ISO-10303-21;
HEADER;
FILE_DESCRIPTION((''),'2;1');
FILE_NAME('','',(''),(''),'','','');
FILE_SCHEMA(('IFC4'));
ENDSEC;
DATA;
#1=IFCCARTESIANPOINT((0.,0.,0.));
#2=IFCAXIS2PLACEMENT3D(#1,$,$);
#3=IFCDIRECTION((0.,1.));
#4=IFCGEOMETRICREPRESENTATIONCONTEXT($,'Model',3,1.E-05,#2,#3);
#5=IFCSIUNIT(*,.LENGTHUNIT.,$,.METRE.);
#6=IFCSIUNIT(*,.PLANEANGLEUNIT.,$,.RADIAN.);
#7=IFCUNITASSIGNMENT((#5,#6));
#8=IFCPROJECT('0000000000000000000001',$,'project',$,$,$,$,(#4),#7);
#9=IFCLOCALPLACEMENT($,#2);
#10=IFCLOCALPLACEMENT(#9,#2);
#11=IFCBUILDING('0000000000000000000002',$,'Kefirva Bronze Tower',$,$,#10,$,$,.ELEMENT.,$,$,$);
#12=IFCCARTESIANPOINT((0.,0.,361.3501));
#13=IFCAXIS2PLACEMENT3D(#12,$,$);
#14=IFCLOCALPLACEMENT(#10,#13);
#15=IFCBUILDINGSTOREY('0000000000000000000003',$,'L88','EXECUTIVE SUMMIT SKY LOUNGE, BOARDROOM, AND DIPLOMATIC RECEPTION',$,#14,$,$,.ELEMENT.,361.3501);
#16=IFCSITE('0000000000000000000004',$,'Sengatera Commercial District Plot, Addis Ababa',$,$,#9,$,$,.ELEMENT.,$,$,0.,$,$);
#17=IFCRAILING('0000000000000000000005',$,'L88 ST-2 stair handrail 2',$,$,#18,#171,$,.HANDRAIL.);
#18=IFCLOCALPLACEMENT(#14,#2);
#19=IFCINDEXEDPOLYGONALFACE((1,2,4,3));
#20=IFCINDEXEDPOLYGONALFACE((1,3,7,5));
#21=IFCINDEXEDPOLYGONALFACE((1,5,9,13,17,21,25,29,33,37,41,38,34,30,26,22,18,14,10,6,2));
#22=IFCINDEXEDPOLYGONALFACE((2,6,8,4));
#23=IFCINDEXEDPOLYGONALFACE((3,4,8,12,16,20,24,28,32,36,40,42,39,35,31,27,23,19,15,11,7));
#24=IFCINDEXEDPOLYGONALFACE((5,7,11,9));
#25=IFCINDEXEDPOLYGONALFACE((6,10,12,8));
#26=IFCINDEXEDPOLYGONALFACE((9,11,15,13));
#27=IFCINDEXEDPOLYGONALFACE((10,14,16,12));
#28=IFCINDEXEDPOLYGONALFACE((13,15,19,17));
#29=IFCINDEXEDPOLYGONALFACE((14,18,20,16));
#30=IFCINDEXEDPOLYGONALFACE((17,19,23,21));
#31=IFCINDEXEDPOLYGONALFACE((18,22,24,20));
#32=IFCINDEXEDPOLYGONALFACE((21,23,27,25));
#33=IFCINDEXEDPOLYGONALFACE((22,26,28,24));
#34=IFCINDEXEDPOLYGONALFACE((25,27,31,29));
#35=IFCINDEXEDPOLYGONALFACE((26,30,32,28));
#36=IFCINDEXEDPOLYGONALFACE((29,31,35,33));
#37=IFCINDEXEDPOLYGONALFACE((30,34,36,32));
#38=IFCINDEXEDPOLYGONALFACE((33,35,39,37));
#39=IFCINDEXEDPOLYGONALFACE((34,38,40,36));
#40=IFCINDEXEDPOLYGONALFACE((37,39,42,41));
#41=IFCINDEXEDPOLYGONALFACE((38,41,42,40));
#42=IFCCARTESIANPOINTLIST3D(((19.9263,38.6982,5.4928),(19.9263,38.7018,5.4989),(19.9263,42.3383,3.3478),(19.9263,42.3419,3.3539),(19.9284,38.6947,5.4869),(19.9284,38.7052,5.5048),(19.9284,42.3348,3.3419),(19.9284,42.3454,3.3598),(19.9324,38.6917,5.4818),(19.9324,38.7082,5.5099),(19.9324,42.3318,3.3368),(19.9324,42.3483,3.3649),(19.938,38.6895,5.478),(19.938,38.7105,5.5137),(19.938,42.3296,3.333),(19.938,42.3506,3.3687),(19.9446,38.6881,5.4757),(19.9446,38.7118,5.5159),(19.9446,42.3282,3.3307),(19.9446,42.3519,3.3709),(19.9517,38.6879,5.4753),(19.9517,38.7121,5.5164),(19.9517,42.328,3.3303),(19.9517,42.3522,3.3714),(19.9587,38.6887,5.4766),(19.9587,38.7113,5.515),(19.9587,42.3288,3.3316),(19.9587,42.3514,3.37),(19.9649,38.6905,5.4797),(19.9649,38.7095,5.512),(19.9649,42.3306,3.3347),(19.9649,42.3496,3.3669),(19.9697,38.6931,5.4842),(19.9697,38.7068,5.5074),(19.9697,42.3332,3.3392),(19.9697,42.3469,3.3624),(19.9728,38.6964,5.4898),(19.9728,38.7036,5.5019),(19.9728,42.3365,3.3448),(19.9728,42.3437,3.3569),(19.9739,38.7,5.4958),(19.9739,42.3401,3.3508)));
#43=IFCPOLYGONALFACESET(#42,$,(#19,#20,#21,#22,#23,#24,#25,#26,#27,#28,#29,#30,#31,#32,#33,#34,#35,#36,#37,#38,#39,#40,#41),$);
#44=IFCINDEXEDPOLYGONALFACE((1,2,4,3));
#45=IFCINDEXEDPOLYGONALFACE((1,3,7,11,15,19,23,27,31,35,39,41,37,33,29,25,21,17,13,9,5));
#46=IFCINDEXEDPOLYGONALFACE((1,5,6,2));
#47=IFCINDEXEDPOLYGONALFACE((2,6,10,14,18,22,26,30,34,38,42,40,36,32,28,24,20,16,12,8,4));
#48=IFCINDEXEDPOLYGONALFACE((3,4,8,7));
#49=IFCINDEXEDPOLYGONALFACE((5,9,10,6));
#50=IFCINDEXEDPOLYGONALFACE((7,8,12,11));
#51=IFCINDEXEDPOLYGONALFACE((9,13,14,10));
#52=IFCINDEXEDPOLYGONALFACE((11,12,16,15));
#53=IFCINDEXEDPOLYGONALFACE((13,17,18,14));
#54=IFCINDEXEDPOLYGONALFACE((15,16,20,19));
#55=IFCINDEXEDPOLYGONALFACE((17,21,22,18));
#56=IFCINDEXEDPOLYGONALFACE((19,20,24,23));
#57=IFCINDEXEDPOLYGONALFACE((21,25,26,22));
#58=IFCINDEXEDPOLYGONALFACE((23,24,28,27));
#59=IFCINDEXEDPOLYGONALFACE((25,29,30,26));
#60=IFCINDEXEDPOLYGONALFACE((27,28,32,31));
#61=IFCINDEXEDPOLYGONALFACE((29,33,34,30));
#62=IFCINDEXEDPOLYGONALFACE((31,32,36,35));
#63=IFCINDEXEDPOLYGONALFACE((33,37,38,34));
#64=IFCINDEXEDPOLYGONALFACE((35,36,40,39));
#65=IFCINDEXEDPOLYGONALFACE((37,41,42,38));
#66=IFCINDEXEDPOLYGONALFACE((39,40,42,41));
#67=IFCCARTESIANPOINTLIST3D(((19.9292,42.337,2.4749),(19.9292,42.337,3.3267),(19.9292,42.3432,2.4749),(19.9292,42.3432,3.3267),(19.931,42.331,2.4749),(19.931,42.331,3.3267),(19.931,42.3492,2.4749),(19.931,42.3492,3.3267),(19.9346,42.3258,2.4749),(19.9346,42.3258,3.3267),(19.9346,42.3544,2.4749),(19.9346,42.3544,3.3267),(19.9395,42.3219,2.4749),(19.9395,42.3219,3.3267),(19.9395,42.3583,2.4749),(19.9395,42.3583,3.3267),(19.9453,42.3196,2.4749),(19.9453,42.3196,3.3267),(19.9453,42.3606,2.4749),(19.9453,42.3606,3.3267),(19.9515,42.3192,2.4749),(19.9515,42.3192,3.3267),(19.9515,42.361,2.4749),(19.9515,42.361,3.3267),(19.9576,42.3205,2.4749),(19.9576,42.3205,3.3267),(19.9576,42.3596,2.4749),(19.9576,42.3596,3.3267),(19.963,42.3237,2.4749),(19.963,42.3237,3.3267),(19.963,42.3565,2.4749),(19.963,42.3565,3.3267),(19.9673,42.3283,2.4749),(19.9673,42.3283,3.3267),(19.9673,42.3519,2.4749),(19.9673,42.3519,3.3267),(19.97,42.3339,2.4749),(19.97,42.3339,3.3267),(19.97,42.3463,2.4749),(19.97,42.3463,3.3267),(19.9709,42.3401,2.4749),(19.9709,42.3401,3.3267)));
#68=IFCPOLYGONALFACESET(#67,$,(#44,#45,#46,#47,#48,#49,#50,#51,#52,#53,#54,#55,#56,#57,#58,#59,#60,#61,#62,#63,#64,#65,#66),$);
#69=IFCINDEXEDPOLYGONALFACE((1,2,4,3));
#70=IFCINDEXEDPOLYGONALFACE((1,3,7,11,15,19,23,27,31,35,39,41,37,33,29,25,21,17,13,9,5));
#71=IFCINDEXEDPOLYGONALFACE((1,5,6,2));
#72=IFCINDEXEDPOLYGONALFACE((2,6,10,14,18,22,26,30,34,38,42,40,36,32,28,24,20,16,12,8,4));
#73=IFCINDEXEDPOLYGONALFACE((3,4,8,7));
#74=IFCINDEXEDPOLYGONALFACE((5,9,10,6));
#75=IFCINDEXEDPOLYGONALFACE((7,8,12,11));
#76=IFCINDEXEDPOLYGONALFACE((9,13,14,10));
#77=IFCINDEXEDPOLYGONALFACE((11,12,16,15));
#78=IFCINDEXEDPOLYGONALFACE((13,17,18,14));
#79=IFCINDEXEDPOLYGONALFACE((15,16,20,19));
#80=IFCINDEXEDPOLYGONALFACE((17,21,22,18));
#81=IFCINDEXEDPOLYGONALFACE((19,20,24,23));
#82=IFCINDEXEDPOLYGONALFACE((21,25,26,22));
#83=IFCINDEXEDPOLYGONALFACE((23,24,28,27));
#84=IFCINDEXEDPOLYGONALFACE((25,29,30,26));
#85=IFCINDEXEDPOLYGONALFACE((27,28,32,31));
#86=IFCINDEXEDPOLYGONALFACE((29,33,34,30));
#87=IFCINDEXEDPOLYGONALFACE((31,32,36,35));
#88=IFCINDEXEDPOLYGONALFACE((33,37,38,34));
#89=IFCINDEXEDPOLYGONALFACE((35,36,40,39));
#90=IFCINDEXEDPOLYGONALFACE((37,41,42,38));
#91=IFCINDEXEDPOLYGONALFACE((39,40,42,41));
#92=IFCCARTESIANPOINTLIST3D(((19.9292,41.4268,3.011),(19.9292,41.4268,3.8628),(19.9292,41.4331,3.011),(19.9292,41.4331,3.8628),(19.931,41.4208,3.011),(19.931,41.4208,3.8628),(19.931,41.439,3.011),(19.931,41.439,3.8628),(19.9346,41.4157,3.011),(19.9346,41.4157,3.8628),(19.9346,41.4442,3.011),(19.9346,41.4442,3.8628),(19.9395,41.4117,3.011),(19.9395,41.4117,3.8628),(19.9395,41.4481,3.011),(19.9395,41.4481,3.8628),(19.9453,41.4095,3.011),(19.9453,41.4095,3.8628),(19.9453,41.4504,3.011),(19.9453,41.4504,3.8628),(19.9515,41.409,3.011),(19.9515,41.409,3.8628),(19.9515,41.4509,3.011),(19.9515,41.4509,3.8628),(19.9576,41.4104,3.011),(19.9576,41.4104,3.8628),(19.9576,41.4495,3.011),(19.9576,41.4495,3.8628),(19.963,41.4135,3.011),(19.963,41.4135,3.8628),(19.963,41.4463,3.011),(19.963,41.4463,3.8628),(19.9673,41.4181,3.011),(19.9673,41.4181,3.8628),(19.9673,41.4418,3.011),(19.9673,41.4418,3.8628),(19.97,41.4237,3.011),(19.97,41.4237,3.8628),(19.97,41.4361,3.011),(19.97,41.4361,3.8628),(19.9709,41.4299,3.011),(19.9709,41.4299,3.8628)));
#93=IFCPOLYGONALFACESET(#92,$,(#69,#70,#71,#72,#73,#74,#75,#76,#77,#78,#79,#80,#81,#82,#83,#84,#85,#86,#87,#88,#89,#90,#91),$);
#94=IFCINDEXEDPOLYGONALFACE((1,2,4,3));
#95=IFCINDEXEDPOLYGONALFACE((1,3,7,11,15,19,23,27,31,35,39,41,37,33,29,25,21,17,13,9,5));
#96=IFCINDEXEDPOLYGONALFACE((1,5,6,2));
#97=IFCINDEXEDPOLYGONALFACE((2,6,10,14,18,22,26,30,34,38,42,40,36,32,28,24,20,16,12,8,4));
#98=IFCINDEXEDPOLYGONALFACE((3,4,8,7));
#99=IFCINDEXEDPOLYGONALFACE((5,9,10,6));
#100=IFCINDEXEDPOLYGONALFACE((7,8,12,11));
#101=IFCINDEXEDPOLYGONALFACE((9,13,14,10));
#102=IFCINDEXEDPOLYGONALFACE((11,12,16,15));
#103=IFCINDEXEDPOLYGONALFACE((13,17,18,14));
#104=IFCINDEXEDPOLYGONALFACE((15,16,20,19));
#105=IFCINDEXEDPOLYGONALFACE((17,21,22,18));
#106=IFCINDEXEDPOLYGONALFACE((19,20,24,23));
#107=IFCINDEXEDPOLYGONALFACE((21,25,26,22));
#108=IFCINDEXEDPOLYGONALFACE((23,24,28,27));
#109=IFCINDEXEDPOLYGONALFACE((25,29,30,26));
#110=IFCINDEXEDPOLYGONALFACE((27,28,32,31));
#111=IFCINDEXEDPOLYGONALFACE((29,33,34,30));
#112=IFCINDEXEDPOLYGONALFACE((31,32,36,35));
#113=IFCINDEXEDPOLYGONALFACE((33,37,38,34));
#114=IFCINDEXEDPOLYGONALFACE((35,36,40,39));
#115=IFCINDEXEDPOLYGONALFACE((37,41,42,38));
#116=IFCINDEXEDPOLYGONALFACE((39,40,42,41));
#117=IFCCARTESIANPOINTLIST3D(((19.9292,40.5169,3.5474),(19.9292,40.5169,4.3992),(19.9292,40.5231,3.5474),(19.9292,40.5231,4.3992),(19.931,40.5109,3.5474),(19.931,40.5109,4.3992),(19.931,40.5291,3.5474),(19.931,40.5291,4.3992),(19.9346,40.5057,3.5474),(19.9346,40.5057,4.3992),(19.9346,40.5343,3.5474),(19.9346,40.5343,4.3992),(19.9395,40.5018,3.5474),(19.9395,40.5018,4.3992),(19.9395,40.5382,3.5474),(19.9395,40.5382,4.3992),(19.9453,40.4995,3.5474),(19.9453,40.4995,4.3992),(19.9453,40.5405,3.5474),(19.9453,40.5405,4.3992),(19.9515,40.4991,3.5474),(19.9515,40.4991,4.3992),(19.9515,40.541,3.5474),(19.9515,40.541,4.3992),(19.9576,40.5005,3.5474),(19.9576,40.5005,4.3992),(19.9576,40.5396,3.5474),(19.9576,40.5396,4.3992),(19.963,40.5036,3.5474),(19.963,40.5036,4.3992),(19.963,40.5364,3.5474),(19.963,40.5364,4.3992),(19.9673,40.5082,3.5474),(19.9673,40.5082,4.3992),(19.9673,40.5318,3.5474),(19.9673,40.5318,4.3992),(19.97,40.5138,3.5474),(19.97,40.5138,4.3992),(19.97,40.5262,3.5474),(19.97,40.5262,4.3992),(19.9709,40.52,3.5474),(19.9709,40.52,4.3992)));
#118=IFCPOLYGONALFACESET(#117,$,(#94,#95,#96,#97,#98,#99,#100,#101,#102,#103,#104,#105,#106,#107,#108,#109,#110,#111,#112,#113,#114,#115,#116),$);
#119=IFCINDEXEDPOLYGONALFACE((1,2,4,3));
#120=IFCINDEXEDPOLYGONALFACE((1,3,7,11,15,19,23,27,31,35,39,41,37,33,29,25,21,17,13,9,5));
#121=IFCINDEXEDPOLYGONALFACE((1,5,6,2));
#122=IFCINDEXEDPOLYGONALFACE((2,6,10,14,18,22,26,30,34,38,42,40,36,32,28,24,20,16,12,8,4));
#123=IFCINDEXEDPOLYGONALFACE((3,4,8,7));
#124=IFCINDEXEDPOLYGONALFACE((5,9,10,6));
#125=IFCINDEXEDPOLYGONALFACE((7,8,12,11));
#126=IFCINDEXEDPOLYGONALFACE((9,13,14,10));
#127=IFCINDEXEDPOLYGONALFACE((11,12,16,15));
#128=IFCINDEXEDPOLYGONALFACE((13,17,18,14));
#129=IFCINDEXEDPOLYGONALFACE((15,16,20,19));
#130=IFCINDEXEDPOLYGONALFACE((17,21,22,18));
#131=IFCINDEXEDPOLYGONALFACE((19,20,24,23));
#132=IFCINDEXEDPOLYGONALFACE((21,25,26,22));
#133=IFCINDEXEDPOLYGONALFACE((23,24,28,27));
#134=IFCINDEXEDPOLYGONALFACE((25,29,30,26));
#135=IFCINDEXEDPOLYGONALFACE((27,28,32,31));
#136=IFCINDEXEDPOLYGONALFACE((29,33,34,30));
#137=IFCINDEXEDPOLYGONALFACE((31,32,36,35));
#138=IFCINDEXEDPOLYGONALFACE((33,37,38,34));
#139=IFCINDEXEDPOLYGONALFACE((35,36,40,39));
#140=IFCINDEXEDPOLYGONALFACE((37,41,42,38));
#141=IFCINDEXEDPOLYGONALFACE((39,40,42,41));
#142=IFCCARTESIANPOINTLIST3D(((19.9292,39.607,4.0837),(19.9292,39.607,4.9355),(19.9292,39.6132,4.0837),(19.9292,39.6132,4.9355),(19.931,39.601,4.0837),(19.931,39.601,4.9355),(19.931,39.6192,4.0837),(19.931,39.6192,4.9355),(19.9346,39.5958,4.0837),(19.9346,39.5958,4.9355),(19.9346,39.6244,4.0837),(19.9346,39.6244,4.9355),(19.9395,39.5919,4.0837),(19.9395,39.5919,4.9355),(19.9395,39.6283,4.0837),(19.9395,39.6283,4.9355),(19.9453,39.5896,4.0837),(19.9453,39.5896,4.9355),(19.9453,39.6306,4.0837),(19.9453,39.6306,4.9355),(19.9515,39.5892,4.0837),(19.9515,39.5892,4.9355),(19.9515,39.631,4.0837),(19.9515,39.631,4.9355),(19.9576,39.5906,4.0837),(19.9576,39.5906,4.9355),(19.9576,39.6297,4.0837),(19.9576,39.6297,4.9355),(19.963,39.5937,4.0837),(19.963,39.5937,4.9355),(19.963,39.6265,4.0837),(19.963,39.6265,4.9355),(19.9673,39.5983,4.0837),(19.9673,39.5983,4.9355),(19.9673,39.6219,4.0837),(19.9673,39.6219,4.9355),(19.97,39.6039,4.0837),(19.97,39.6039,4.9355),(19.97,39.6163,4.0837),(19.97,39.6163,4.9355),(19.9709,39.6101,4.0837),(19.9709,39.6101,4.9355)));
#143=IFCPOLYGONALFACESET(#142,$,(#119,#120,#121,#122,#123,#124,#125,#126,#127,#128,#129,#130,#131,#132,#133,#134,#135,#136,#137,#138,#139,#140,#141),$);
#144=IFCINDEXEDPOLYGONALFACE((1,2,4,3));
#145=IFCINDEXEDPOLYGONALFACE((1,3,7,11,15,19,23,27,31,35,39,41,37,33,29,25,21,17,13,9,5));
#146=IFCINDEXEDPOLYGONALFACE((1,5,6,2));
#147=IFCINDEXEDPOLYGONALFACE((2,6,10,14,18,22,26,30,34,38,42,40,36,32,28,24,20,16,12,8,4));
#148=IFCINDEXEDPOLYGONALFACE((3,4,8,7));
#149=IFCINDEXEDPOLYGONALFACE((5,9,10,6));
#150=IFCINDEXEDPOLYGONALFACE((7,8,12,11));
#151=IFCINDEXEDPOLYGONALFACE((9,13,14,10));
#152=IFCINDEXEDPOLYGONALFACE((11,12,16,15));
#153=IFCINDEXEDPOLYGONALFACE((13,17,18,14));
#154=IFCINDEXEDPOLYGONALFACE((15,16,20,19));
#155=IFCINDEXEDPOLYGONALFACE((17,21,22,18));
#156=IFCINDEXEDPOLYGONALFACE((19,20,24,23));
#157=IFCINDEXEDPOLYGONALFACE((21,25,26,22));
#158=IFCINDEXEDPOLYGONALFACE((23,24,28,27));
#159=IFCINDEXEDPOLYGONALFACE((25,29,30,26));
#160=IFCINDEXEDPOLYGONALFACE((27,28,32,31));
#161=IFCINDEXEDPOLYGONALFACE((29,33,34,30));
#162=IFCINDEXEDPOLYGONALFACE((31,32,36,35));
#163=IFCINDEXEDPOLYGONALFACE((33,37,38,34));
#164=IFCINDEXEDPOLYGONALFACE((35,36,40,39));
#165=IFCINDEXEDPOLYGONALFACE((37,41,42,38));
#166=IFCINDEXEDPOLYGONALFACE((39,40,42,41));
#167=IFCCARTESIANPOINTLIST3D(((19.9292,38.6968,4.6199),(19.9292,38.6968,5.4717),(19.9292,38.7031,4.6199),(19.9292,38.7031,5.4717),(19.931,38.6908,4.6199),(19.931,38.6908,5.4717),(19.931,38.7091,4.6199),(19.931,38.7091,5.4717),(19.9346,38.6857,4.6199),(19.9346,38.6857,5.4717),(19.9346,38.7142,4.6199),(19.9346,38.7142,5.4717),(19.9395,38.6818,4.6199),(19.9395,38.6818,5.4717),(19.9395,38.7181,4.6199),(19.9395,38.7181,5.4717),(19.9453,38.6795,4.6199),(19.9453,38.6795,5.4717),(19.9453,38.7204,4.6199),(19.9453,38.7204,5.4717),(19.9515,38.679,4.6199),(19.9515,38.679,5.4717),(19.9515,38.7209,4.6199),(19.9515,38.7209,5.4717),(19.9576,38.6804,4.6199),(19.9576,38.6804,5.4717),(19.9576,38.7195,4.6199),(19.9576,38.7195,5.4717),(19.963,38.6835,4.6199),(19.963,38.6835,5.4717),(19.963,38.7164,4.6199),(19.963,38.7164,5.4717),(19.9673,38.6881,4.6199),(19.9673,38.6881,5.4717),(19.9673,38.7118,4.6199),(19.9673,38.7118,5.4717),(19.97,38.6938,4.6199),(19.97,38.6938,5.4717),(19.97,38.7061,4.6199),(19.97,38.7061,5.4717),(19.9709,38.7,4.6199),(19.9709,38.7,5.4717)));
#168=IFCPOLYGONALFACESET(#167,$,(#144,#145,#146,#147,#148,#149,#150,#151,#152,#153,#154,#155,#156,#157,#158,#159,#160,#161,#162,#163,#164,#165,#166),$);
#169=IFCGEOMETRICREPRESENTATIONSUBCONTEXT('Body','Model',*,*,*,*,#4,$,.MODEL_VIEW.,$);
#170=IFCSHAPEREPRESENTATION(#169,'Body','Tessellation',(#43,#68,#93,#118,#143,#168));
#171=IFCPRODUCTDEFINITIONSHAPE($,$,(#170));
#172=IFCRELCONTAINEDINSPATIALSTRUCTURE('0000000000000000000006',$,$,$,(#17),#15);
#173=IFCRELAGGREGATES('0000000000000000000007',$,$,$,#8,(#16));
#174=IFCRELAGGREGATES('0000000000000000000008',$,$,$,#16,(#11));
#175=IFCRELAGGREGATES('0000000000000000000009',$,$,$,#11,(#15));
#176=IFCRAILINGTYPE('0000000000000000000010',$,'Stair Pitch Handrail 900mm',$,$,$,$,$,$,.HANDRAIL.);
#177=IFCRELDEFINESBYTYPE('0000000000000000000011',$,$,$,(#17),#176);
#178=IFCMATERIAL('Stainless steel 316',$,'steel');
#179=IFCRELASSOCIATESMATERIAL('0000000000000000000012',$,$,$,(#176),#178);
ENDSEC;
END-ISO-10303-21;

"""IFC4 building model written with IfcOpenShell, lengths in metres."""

from ifc_helpers import new_model, si_unit, direction, frame, origin, origin_2d, place, context, subcontext, project, spatial, circle, extrude, material, type_object, element, save


model = new_model("IFC4")

# Units and contexts
model_context = context("Model", 3, precision=1e-05, world=origin(), true_north=direction((0.0, 1.0)))
body_context = subcontext(model_context, "Body", "Model", "MODEL_VIEW")
ifc_project = project(units=[si_unit("LENGTHUNIT", "METRE"), si_unit("PLANEANGLEUNIT", "RADIAN")], contexts=[model_context])

# Site, building, storey
site_placement = place(None, origin())
site = spatial("IfcSite", under=ifc_project, at=site_placement, Name="Sengatera Commercial District Plot, Addis Ababa", CompositionType="ELEMENT", RefElevation=0.0)
building_placement = place(site_placement, origin())
building = spatial("IfcBuilding", under=site, at=building_placement, Name="Kefirva Bronze Tower", CompositionType="ELEMENT")
storey_placement = place(building_placement, frame((0.0, 0.0, 361.3501)))
storey = spatial("IfcBuildingStorey", under=building, at=storey_placement, Name="L88", Description="EXECUTIVE SUMMIT SKY LOUNGE, BOARDROOM, AND DIPLOMATIC RECEPTION", CompositionType="ELEMENT", Elevation=361.3501)

# Shared definitions
ifc_material_1 = material(Name="Stainless steel 316", Category="steel")

# Railing
railing_type = type_object("IfcRailingType", Name="Stair Pitch Handrail 900mm", PredefinedType="HANDRAIL", material=ifc_material_1)
railing_placement = place(storey_placement, frame((19.95, 42.3401, 2.4749)))
element("IfcRailing", 1, at=railing_placement, inside=storey, type_object=railing_type, Name="L88 ST-2 stair handrail 2", PredefinedType="HANDRAIL", context=body_context, shape_type="SweptSolid", body=[
    extrude(circle(Radius=0.0239, at=origin_2d()), frame((0.0, 0.0, 0.876), z_axis=(0.0, -0.861545, 0.507682), x_axis=(1.0, 0.0, 0.0)), (0.0, 0.0, 1.0), 4.2251),
    extrude(circle(Radius=0.021, at=origin_2d()), origin(), (0.0, 0.0, 1.0), 0.8518),
    extrude(circle(Radius=0.021, at=origin_2d()), frame((0.0, -0.9102, 0.5361)), (0.0, 0.0, 1.0), 0.8518),
    extrude(circle(Radius=0.021, at=origin_2d()), frame((0.0, -1.8201, 1.0725)), (0.0, 0.0, 1.0), 0.8518),
    extrude(circle(Radius=0.021, at=origin_2d()), frame((0.0, -2.73, 1.6089)), (0.0, 0.0, 1.0), 0.8518),
    extrude(circle(Radius=0.021, at=origin_2d()), frame((0.0, -3.6401, 2.145)), (0.0, 0.0, 1.0), 0.8518),
])

save(model, "model.ifc")
